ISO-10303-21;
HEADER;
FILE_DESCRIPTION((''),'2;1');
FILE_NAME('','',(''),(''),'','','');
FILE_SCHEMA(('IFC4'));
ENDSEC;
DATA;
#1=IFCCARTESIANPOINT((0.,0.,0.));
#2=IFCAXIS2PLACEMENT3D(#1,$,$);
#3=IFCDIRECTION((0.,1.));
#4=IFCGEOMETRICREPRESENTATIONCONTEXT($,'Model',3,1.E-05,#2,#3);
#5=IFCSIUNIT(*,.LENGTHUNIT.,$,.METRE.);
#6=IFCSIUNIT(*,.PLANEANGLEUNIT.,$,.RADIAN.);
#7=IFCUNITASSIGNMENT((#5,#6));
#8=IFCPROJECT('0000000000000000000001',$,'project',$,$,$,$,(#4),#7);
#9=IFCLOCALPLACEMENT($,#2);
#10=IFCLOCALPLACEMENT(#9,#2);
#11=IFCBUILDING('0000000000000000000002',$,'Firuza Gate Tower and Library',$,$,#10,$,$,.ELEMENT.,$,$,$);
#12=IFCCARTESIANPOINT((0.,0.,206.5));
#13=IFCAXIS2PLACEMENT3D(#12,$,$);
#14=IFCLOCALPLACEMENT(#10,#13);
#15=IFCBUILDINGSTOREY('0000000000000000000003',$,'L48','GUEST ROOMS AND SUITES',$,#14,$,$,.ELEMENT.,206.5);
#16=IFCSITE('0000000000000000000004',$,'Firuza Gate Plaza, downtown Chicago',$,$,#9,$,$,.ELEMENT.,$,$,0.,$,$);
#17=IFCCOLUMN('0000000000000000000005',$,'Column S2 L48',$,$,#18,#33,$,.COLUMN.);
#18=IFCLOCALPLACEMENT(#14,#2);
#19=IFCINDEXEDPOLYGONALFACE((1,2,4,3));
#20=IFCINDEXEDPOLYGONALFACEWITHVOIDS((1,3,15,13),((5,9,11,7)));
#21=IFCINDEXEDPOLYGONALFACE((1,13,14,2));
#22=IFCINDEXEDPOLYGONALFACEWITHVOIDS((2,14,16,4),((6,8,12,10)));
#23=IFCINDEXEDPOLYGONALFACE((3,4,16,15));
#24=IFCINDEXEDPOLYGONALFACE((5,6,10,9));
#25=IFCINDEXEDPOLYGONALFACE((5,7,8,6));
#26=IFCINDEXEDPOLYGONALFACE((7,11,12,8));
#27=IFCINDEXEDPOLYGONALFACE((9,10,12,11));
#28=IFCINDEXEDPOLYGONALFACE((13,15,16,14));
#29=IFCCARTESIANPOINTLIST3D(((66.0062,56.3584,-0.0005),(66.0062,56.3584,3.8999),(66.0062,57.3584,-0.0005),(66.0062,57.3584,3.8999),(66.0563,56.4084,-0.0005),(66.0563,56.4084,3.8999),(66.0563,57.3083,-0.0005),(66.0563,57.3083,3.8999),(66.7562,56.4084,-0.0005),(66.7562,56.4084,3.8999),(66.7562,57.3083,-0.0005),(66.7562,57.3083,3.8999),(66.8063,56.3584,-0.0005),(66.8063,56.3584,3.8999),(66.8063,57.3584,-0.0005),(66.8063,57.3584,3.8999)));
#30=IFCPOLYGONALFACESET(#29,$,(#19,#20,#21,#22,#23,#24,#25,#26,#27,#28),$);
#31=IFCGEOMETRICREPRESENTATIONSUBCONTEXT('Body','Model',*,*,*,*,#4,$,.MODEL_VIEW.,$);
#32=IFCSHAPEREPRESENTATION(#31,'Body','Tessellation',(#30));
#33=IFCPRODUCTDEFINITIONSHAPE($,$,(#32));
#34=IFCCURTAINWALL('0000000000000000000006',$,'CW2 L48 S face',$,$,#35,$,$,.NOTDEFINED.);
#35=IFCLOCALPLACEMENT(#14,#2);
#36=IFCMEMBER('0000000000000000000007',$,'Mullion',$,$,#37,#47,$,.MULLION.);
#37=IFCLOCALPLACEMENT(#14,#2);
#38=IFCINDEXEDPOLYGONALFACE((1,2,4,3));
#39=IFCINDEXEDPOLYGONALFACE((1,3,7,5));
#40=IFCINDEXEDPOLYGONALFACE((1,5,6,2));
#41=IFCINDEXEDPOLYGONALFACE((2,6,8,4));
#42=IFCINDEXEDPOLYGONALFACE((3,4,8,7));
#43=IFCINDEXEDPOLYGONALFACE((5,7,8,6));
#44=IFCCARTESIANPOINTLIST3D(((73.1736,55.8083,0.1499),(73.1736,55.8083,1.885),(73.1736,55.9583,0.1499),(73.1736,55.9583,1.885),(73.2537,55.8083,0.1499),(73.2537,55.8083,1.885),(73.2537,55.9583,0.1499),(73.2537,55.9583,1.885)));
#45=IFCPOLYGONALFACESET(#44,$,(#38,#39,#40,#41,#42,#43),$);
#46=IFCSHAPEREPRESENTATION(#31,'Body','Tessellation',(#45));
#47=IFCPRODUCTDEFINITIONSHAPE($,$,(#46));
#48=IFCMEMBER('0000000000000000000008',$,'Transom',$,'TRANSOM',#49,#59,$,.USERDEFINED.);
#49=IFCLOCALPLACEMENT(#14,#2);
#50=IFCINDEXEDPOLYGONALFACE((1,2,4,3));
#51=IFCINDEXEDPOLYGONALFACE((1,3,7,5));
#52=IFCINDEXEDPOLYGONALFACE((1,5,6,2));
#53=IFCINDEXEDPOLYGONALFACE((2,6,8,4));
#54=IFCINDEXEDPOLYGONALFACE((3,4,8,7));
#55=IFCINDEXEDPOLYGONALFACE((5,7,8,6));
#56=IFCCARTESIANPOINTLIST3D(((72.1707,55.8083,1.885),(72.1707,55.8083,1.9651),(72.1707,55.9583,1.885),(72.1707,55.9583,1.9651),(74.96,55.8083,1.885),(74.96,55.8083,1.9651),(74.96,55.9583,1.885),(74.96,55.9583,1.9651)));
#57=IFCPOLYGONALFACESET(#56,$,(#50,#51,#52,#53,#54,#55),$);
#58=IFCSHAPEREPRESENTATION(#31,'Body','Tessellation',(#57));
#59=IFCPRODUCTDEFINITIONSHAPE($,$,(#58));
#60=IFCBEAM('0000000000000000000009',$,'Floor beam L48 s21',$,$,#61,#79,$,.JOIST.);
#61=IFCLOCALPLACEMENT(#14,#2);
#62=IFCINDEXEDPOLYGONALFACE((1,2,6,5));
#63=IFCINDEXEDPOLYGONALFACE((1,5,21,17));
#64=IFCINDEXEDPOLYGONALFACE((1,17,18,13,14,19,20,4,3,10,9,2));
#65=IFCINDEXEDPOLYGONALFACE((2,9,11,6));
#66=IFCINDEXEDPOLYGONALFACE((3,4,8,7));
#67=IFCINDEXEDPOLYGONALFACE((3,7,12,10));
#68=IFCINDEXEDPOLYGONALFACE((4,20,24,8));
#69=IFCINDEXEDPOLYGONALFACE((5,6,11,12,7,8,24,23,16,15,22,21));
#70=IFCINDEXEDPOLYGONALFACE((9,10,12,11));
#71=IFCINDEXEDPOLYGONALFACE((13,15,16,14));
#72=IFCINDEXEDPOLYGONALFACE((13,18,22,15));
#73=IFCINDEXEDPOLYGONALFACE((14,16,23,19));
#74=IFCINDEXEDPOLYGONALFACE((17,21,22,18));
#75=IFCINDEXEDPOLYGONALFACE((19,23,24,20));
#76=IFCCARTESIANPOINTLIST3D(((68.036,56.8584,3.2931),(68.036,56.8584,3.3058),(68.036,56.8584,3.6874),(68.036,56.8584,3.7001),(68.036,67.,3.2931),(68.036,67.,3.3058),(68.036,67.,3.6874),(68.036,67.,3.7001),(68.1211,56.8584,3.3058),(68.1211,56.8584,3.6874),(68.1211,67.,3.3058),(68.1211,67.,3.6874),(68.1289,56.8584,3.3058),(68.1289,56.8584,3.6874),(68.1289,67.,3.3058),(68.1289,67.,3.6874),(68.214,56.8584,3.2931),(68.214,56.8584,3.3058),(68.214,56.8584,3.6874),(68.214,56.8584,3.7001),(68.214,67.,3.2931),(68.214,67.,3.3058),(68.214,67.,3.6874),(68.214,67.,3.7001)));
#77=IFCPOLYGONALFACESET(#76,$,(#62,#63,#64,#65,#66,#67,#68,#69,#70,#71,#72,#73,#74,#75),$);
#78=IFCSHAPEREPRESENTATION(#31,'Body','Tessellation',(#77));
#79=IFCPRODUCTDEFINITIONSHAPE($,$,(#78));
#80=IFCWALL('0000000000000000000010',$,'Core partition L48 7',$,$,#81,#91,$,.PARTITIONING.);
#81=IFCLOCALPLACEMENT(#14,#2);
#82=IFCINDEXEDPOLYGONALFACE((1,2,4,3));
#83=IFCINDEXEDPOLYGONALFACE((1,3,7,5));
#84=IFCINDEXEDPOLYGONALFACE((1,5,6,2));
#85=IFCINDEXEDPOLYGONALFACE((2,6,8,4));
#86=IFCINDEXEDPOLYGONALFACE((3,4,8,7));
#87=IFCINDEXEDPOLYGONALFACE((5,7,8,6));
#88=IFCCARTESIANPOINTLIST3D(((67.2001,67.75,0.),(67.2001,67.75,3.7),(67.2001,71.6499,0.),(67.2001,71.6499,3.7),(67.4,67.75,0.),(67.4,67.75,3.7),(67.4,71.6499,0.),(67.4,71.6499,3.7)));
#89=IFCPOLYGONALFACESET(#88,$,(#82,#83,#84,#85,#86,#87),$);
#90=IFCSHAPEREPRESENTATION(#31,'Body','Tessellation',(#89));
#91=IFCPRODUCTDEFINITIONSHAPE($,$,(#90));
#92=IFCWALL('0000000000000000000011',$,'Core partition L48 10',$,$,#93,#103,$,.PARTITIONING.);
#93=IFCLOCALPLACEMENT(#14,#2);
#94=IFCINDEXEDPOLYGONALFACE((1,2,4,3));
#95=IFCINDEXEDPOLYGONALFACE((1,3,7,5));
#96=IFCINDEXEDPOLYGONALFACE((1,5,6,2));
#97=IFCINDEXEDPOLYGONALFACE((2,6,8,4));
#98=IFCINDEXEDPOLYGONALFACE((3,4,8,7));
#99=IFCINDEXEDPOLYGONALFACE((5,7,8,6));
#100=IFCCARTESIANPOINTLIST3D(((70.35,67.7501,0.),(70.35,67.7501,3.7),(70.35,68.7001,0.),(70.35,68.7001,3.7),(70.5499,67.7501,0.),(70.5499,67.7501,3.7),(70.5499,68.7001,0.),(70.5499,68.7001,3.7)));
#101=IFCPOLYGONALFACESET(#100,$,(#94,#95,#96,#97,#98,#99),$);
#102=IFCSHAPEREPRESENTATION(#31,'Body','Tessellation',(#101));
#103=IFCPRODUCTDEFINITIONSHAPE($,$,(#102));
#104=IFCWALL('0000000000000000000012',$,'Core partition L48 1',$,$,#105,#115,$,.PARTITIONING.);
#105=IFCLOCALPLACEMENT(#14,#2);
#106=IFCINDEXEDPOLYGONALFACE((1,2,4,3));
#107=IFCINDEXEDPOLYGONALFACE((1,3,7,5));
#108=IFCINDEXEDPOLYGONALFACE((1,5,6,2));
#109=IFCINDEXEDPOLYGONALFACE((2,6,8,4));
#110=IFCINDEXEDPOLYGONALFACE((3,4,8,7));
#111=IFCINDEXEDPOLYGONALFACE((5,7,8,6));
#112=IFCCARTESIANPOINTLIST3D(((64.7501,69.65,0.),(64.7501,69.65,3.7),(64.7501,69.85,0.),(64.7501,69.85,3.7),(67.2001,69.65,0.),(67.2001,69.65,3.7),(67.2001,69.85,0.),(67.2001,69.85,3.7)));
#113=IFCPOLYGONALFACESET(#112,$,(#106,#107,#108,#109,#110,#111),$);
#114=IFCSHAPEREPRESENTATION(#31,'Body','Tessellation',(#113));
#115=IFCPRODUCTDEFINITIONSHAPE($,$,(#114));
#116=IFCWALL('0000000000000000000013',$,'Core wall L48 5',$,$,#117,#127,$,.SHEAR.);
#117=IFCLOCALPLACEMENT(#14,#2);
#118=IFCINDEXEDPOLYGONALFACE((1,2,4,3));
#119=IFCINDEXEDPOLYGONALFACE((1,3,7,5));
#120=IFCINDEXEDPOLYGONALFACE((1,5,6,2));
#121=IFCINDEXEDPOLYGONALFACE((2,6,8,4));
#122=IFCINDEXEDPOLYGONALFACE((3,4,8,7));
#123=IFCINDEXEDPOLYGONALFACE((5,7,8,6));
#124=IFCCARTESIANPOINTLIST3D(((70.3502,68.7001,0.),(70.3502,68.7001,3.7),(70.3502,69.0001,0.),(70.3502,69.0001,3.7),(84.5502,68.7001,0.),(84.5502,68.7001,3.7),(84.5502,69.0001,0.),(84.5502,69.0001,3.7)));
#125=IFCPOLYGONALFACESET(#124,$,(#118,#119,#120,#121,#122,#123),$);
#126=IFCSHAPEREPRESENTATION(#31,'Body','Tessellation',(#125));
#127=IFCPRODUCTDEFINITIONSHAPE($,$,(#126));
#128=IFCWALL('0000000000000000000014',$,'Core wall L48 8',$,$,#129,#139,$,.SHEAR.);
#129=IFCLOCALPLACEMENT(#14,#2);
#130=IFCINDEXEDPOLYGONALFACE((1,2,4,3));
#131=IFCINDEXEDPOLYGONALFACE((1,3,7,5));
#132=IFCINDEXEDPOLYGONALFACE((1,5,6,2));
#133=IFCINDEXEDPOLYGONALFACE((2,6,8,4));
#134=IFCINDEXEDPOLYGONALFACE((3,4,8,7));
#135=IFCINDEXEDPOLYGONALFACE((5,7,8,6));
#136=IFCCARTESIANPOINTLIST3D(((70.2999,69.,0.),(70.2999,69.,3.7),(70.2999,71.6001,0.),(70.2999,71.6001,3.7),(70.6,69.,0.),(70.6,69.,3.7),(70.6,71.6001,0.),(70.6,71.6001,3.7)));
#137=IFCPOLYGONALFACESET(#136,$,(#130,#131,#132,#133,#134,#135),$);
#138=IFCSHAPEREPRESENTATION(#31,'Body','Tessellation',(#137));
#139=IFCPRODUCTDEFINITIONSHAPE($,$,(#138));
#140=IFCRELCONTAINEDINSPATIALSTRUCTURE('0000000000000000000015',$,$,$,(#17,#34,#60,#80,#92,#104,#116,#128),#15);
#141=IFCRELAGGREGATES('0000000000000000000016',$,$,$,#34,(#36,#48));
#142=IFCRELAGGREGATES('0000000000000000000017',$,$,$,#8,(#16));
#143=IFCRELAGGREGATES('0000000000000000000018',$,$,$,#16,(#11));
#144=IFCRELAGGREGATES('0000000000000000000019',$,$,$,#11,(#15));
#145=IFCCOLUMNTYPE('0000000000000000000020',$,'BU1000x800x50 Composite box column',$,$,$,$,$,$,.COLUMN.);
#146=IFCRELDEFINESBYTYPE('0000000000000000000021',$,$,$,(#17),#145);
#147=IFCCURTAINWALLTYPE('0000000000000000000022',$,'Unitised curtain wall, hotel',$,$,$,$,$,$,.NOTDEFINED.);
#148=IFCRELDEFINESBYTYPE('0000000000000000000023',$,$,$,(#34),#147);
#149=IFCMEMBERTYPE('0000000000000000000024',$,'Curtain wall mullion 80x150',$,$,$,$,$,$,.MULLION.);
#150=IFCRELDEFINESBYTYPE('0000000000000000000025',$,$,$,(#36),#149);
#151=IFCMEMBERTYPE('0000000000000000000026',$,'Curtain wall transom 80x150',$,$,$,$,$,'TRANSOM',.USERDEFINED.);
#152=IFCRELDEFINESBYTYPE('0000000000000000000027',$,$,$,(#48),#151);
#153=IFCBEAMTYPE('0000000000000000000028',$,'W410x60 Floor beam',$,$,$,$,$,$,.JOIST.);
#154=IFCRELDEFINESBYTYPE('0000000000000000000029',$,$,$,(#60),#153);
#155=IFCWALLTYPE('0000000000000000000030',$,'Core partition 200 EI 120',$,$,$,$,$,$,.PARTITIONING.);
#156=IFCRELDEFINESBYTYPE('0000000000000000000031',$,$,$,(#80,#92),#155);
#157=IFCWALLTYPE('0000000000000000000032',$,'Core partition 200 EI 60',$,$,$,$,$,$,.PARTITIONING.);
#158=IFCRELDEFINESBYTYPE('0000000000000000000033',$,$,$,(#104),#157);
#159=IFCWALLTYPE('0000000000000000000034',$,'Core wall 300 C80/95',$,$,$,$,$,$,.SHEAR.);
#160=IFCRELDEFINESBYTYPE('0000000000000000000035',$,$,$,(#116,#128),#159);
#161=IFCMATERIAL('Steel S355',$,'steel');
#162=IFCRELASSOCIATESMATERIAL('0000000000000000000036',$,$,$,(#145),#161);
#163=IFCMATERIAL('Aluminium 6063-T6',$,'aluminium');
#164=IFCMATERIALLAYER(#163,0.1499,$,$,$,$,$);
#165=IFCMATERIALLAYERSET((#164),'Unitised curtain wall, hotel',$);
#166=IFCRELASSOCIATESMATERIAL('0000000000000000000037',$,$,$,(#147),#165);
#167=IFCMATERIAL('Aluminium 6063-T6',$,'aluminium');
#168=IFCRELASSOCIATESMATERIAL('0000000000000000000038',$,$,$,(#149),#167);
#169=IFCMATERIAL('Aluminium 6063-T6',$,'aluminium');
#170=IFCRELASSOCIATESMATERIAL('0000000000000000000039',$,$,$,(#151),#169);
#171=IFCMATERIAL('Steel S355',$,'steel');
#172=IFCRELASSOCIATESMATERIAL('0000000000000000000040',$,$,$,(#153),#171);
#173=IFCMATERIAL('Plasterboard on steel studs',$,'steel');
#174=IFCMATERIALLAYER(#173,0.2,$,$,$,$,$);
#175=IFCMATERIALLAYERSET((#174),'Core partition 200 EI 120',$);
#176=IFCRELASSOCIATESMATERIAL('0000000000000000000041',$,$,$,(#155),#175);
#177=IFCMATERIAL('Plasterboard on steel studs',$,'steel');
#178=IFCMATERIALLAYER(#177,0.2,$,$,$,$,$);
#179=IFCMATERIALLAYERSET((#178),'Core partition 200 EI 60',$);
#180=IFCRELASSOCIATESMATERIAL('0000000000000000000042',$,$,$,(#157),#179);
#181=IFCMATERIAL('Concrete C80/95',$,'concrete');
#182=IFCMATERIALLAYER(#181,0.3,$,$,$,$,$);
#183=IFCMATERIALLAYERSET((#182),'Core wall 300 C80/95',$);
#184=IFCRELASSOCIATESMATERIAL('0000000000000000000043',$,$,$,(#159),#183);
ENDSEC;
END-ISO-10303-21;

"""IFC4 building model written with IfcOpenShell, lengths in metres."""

from ifc_helpers import new_model, si_unit, direction, frame, frame_2d, origin, origin_2d, place, context, subcontext, project, spatial, rectangle, hollow_rectangle, i_section, extrude, material, layer, layer_set, material_profile, profile_set, type_object, element, aggregate, save


model = new_model("IFC4")

# Units and contexts
model_context = context("Model", 3, precision=1e-05, world=origin(), true_north=direction((0.0, 1.0)))
body_context = subcontext(model_context, "Body", "Model", "MODEL_VIEW")
ifc_project = project(units=[si_unit("LENGTHUNIT", "METRE"), si_unit("PLANEANGLEUNIT", "RADIAN")], contexts=[model_context])

# Site, building, storey
site_placement = place(None, origin())
site = spatial("IfcSite", under=ifc_project, at=site_placement, Name="Firuza Gate Plaza, downtown Chicago", CompositionType="ELEMENT", RefElevation=0.0)
building_placement = place(site_placement, origin())
building = spatial("IfcBuilding", under=site, at=building_placement, Name="Firuza Gate Tower and Library", CompositionType="ELEMENT")
storey_placement = place(building_placement, frame((0.0, 0.0, 206.5)))
storey = spatial("IfcBuildingStorey", under=building, at=storey_placement, Name="L48", Description="GUEST ROOMS AND SUITES", CompositionType="ELEMENT", Elevation=206.5)

# Column
ifc_material_1 = material(Name="Steel S355", Category="steel")
ifc_material_profile_1 = material_profile(ifc_material_1, hollow_rectangle(XDim=0.8, YDim=1.0, WallThickness=0.05, at=origin_2d()))
ifc_profile_set_1 = profile_set([ifc_material_profile_1], Name="Steel S355")
column_type = type_object("IfcColumnType", Name="BU1000x800x50 Composite box column", PredefinedType="COLUMN", material=ifc_profile_set_1)
column_placement = place(storey_placement, frame((66.4062, 56.8584, -0.0005), z_axis=(0.0, 0.0, 1.0), x_axis=(1.0, 0.0, 0.0)))
element("IfcColumn", 1, at=column_placement, inside=storey, type_object=column_type, Name="Column S2 L48", PredefinedType="COLUMN", context=body_context, shape_type="SweptSolid", body=[
    extrude(hollow_rectangle(XDim=0.8, YDim=1.0, WallThickness=0.05, at=origin_2d()), origin(), (0.0, 0.0, 1.0), 3.9004),
])

# Curtain wall, members
ifc_material_2 = material(Name="Aluminium 6063-T6", Category="aluminium")
ifc_layer_1 = layer(ifc_material_2, 0.1499)
ifc_layer_set_1 = layer_set([ifc_layer_1], Name="Unitised curtain wall, hotel")
curtain_wall_type = type_object("IfcCurtainWallType", Name="Unitised curtain wall, hotel", PredefinedType="NOTDEFINED", material=ifc_layer_set_1)
curtain_wall_placement = place(storey_placement, origin())
curtain_wall = element("IfcCurtainWall", 2, at=curtain_wall_placement, inside=storey, type_object=curtain_wall_type, Name="CW2 L48 S face", PredefinedType="NOTDEFINED")
ifc_material_3 = material(Name="Aluminium 6063-T6", Category="aluminium")
ifc_material_profile_2 = material_profile(ifc_material_3, rectangle(XDim=0.1499, YDim=0.0801, at=origin_2d()))
ifc_profile_set_2 = profile_set([ifc_material_profile_2], Name="Aluminium 6063-T6")
member_type_1 = type_object("IfcMemberType", Name="Curtain wall mullion 80x150", PredefinedType="MULLION", material=ifc_profile_set_2)
member_1_placement = place(storey_placement, frame((73.2136, 55.8833, 0.1499), z_axis=(0.0, 0.0, 1.0), x_axis=(0.0, 1.0, 0.0)))
member_1 = element("IfcMember", 3, at=member_1_placement, type_object=member_type_1, Name="Mullion", PredefinedType="MULLION", context=body_context, shape_type="SweptSolid", body=[
    extrude(rectangle(XDim=0.1499, YDim=0.0801, at=origin_2d()), origin(), (0.0, 0.0, 1.0), 1.7351),
])
ifc_material_4 = material(Name="Aluminium 6063-T6", Category="aluminium")
ifc_material_profile_3 = material_profile(ifc_material_4, rectangle(XDim=0.1499, YDim=0.0801, at=origin_2d()))
ifc_profile_set_3 = profile_set([ifc_material_profile_3], Name="Aluminium 6063-T6")
member_type_2 = type_object("IfcMemberType", Name="Curtain wall transom 80x150", ElementType="TRANSOM", PredefinedType="USERDEFINED", material=ifc_profile_set_3)
member_2_placement = place(storey_placement, frame((72.1707, 55.8833, 1.925), z_axis=(1.0, 0.0, 0.0), x_axis=(0.0, 1.0, 0.0)))
member_2 = element("IfcMember", 4, at=member_2_placement, type_object=member_type_2, Name="Transom", ObjectType="TRANSOM", PredefinedType="USERDEFINED", context=body_context, shape_type="SweptSolid", body=[
    extrude(rectangle(XDim=0.1499, YDim=0.0801, at=origin_2d()), origin(), (0.0, 0.0, 1.0), 2.7893),
])
aggregate(curtain_wall, [member_1, member_2])

# Beam
ifc_material_5 = material(Name="Steel S355", Category="steel")
ifc_material_profile_4 = material_profile(ifc_material_5, i_section(OverallWidth=0.178, OverallDepth=0.407, WebThickness=0.0078, FlangeThickness=0.0127, at=origin_2d()))
ifc_profile_set_4 = profile_set([ifc_material_profile_4], Name="Steel S355")
beam_type = type_object("IfcBeamType", Name="W410x60 Floor beam", PredefinedType="JOIST", material=ifc_profile_set_4)
beam_placement = place(storey_placement, frame((68.125, 56.8584, 3.4966), z_axis=(0.0, 1.0, 0.0), x_axis=(-1.0, 0.0, 0.0)))
element("IfcBeam", 5, at=beam_placement, inside=storey, type_object=beam_type, Name="Floor beam L48 s21", PredefinedType="JOIST", context=body_context, shape_type="SweptSolid", body=[
    extrude(i_section(OverallWidth=0.178, OverallDepth=0.407, WebThickness=0.0078, FlangeThickness=0.0127, at=origin_2d()), origin(), (0.0, 0.0, 1.0), 10.1416),
])

# Walls
ifc_material_6 = material(Name="Plasterboard on steel studs", Category="steel")
ifc_layer_2 = layer(ifc_material_6, 0.2)
ifc_layer_set_2 = layer_set([ifc_layer_2], Name="Core partition 200 EI 120")
wall_type_1 = type_object("IfcWallType", Name="Core partition 200 EI 120", PredefinedType="PARTITIONING", material=ifc_layer_set_2)
wall_1_placement = place(storey_placement, frame((67.3, 67.75, 0.0), z_axis=(0.0, 0.0, 1.0), x_axis=(0.0, 1.0, 0.0)))
element("IfcWall", 6, at=wall_1_placement, inside=storey, type_object=wall_type_1, Name="Core partition L48 7", PredefinedType="PARTITIONING", context=body_context, shape_type="SweptSolid", body=[
    extrude(rectangle(XDim=3.8999, YDim=0.2, at=frame_2d((1.95, 0.0))), origin(), (0.0, 0.0, 1.0), 3.7),
])
wall_2_placement = place(storey_placement, frame((70.45, 67.75, 0.0), z_axis=(0.0, 0.0, 1.0), x_axis=(0.0, 1.0, 0.0)))
element("IfcWall", 7, at=wall_2_placement, inside=storey, type_object=wall_type_1, Name="Core partition L48 10", PredefinedType="PARTITIONING", context=body_context, shape_type="SweptSolid", body=[
    extrude(rectangle(XDim=0.95, YDim=0.2, at=frame_2d((0.4751, 0.0))), origin(), (0.0, 0.0, 1.0), 3.7),
])
ifc_material_7 = material(Name="Plasterboard on steel studs", Category="steel")
ifc_layer_3 = layer(ifc_material_7, 0.2)
ifc_layer_set_3 = layer_set([ifc_layer_3], Name="Core partition 200 EI 60")
wall_type_2 = type_object("IfcWallType", Name="Core partition 200 EI 60", PredefinedType="PARTITIONING", material=ifc_layer_set_3)
wall_3_placement = place(storey_placement, frame((64.75, 69.75, 0.0), z_axis=(0.0, 0.0, 1.0), x_axis=(1.0, 0.0, 0.0)))
element("IfcWall", 8, at=wall_3_placement, inside=storey, type_object=wall_type_2, Name="Core partition L48 1", PredefinedType="PARTITIONING", context=body_context, shape_type="SweptSolid", body=[
    extrude(rectangle(XDim=2.45, YDim=0.2, at=frame_2d((1.2251, 0.0))), origin(), (0.0, 0.0, 1.0), 3.7),
])
ifc_material_8 = material(Name="Concrete C80/95", Category="concrete")
ifc_layer_4 = layer(ifc_material_8, 0.3)
ifc_layer_set_4 = layer_set([ifc_layer_4], Name="Core wall 300 C80/95")
wall_type_3 = type_object("IfcWallType", Name="Core wall 300 C80/95", PredefinedType="SHEAR", material=ifc_layer_set_4)
wall_4_placement = place(storey_placement, frame((70.3501, 68.8501, 0.0), z_axis=(0.0, 0.0, 1.0), x_axis=(1.0, 0.0, 0.0)))
element("IfcWall", 9, at=wall_4_placement, inside=storey, type_object=wall_type_3, Name="Core wall L48 5", PredefinedType="SHEAR", context=body_context, shape_type="SweptSolid", body=[
    extrude(rectangle(XDim=14.2, YDim=0.3, at=frame_2d((7.1001, 0.0))), origin(), (0.0, 0.0, 1.0), 3.7),
])
wall_5_placement = place(storey_placement, frame((70.45, 69.0, 0.0), z_axis=(0.0, 0.0, 1.0), x_axis=(0.0, 1.0, 0.0)))
element("IfcWall", 10, at=wall_5_placement, inside=storey, type_object=wall_type_3, Name="Core wall L48 8", PredefinedType="SHEAR", context=body_context, shape_type="SweptSolid", body=[
    extrude(rectangle(XDim=2.6001, YDim=0.3, at=frame_2d((1.3, 0.0))), origin(), (0.0, 0.0, 1.0), 3.7),
])

save(model, "model.ifc")
